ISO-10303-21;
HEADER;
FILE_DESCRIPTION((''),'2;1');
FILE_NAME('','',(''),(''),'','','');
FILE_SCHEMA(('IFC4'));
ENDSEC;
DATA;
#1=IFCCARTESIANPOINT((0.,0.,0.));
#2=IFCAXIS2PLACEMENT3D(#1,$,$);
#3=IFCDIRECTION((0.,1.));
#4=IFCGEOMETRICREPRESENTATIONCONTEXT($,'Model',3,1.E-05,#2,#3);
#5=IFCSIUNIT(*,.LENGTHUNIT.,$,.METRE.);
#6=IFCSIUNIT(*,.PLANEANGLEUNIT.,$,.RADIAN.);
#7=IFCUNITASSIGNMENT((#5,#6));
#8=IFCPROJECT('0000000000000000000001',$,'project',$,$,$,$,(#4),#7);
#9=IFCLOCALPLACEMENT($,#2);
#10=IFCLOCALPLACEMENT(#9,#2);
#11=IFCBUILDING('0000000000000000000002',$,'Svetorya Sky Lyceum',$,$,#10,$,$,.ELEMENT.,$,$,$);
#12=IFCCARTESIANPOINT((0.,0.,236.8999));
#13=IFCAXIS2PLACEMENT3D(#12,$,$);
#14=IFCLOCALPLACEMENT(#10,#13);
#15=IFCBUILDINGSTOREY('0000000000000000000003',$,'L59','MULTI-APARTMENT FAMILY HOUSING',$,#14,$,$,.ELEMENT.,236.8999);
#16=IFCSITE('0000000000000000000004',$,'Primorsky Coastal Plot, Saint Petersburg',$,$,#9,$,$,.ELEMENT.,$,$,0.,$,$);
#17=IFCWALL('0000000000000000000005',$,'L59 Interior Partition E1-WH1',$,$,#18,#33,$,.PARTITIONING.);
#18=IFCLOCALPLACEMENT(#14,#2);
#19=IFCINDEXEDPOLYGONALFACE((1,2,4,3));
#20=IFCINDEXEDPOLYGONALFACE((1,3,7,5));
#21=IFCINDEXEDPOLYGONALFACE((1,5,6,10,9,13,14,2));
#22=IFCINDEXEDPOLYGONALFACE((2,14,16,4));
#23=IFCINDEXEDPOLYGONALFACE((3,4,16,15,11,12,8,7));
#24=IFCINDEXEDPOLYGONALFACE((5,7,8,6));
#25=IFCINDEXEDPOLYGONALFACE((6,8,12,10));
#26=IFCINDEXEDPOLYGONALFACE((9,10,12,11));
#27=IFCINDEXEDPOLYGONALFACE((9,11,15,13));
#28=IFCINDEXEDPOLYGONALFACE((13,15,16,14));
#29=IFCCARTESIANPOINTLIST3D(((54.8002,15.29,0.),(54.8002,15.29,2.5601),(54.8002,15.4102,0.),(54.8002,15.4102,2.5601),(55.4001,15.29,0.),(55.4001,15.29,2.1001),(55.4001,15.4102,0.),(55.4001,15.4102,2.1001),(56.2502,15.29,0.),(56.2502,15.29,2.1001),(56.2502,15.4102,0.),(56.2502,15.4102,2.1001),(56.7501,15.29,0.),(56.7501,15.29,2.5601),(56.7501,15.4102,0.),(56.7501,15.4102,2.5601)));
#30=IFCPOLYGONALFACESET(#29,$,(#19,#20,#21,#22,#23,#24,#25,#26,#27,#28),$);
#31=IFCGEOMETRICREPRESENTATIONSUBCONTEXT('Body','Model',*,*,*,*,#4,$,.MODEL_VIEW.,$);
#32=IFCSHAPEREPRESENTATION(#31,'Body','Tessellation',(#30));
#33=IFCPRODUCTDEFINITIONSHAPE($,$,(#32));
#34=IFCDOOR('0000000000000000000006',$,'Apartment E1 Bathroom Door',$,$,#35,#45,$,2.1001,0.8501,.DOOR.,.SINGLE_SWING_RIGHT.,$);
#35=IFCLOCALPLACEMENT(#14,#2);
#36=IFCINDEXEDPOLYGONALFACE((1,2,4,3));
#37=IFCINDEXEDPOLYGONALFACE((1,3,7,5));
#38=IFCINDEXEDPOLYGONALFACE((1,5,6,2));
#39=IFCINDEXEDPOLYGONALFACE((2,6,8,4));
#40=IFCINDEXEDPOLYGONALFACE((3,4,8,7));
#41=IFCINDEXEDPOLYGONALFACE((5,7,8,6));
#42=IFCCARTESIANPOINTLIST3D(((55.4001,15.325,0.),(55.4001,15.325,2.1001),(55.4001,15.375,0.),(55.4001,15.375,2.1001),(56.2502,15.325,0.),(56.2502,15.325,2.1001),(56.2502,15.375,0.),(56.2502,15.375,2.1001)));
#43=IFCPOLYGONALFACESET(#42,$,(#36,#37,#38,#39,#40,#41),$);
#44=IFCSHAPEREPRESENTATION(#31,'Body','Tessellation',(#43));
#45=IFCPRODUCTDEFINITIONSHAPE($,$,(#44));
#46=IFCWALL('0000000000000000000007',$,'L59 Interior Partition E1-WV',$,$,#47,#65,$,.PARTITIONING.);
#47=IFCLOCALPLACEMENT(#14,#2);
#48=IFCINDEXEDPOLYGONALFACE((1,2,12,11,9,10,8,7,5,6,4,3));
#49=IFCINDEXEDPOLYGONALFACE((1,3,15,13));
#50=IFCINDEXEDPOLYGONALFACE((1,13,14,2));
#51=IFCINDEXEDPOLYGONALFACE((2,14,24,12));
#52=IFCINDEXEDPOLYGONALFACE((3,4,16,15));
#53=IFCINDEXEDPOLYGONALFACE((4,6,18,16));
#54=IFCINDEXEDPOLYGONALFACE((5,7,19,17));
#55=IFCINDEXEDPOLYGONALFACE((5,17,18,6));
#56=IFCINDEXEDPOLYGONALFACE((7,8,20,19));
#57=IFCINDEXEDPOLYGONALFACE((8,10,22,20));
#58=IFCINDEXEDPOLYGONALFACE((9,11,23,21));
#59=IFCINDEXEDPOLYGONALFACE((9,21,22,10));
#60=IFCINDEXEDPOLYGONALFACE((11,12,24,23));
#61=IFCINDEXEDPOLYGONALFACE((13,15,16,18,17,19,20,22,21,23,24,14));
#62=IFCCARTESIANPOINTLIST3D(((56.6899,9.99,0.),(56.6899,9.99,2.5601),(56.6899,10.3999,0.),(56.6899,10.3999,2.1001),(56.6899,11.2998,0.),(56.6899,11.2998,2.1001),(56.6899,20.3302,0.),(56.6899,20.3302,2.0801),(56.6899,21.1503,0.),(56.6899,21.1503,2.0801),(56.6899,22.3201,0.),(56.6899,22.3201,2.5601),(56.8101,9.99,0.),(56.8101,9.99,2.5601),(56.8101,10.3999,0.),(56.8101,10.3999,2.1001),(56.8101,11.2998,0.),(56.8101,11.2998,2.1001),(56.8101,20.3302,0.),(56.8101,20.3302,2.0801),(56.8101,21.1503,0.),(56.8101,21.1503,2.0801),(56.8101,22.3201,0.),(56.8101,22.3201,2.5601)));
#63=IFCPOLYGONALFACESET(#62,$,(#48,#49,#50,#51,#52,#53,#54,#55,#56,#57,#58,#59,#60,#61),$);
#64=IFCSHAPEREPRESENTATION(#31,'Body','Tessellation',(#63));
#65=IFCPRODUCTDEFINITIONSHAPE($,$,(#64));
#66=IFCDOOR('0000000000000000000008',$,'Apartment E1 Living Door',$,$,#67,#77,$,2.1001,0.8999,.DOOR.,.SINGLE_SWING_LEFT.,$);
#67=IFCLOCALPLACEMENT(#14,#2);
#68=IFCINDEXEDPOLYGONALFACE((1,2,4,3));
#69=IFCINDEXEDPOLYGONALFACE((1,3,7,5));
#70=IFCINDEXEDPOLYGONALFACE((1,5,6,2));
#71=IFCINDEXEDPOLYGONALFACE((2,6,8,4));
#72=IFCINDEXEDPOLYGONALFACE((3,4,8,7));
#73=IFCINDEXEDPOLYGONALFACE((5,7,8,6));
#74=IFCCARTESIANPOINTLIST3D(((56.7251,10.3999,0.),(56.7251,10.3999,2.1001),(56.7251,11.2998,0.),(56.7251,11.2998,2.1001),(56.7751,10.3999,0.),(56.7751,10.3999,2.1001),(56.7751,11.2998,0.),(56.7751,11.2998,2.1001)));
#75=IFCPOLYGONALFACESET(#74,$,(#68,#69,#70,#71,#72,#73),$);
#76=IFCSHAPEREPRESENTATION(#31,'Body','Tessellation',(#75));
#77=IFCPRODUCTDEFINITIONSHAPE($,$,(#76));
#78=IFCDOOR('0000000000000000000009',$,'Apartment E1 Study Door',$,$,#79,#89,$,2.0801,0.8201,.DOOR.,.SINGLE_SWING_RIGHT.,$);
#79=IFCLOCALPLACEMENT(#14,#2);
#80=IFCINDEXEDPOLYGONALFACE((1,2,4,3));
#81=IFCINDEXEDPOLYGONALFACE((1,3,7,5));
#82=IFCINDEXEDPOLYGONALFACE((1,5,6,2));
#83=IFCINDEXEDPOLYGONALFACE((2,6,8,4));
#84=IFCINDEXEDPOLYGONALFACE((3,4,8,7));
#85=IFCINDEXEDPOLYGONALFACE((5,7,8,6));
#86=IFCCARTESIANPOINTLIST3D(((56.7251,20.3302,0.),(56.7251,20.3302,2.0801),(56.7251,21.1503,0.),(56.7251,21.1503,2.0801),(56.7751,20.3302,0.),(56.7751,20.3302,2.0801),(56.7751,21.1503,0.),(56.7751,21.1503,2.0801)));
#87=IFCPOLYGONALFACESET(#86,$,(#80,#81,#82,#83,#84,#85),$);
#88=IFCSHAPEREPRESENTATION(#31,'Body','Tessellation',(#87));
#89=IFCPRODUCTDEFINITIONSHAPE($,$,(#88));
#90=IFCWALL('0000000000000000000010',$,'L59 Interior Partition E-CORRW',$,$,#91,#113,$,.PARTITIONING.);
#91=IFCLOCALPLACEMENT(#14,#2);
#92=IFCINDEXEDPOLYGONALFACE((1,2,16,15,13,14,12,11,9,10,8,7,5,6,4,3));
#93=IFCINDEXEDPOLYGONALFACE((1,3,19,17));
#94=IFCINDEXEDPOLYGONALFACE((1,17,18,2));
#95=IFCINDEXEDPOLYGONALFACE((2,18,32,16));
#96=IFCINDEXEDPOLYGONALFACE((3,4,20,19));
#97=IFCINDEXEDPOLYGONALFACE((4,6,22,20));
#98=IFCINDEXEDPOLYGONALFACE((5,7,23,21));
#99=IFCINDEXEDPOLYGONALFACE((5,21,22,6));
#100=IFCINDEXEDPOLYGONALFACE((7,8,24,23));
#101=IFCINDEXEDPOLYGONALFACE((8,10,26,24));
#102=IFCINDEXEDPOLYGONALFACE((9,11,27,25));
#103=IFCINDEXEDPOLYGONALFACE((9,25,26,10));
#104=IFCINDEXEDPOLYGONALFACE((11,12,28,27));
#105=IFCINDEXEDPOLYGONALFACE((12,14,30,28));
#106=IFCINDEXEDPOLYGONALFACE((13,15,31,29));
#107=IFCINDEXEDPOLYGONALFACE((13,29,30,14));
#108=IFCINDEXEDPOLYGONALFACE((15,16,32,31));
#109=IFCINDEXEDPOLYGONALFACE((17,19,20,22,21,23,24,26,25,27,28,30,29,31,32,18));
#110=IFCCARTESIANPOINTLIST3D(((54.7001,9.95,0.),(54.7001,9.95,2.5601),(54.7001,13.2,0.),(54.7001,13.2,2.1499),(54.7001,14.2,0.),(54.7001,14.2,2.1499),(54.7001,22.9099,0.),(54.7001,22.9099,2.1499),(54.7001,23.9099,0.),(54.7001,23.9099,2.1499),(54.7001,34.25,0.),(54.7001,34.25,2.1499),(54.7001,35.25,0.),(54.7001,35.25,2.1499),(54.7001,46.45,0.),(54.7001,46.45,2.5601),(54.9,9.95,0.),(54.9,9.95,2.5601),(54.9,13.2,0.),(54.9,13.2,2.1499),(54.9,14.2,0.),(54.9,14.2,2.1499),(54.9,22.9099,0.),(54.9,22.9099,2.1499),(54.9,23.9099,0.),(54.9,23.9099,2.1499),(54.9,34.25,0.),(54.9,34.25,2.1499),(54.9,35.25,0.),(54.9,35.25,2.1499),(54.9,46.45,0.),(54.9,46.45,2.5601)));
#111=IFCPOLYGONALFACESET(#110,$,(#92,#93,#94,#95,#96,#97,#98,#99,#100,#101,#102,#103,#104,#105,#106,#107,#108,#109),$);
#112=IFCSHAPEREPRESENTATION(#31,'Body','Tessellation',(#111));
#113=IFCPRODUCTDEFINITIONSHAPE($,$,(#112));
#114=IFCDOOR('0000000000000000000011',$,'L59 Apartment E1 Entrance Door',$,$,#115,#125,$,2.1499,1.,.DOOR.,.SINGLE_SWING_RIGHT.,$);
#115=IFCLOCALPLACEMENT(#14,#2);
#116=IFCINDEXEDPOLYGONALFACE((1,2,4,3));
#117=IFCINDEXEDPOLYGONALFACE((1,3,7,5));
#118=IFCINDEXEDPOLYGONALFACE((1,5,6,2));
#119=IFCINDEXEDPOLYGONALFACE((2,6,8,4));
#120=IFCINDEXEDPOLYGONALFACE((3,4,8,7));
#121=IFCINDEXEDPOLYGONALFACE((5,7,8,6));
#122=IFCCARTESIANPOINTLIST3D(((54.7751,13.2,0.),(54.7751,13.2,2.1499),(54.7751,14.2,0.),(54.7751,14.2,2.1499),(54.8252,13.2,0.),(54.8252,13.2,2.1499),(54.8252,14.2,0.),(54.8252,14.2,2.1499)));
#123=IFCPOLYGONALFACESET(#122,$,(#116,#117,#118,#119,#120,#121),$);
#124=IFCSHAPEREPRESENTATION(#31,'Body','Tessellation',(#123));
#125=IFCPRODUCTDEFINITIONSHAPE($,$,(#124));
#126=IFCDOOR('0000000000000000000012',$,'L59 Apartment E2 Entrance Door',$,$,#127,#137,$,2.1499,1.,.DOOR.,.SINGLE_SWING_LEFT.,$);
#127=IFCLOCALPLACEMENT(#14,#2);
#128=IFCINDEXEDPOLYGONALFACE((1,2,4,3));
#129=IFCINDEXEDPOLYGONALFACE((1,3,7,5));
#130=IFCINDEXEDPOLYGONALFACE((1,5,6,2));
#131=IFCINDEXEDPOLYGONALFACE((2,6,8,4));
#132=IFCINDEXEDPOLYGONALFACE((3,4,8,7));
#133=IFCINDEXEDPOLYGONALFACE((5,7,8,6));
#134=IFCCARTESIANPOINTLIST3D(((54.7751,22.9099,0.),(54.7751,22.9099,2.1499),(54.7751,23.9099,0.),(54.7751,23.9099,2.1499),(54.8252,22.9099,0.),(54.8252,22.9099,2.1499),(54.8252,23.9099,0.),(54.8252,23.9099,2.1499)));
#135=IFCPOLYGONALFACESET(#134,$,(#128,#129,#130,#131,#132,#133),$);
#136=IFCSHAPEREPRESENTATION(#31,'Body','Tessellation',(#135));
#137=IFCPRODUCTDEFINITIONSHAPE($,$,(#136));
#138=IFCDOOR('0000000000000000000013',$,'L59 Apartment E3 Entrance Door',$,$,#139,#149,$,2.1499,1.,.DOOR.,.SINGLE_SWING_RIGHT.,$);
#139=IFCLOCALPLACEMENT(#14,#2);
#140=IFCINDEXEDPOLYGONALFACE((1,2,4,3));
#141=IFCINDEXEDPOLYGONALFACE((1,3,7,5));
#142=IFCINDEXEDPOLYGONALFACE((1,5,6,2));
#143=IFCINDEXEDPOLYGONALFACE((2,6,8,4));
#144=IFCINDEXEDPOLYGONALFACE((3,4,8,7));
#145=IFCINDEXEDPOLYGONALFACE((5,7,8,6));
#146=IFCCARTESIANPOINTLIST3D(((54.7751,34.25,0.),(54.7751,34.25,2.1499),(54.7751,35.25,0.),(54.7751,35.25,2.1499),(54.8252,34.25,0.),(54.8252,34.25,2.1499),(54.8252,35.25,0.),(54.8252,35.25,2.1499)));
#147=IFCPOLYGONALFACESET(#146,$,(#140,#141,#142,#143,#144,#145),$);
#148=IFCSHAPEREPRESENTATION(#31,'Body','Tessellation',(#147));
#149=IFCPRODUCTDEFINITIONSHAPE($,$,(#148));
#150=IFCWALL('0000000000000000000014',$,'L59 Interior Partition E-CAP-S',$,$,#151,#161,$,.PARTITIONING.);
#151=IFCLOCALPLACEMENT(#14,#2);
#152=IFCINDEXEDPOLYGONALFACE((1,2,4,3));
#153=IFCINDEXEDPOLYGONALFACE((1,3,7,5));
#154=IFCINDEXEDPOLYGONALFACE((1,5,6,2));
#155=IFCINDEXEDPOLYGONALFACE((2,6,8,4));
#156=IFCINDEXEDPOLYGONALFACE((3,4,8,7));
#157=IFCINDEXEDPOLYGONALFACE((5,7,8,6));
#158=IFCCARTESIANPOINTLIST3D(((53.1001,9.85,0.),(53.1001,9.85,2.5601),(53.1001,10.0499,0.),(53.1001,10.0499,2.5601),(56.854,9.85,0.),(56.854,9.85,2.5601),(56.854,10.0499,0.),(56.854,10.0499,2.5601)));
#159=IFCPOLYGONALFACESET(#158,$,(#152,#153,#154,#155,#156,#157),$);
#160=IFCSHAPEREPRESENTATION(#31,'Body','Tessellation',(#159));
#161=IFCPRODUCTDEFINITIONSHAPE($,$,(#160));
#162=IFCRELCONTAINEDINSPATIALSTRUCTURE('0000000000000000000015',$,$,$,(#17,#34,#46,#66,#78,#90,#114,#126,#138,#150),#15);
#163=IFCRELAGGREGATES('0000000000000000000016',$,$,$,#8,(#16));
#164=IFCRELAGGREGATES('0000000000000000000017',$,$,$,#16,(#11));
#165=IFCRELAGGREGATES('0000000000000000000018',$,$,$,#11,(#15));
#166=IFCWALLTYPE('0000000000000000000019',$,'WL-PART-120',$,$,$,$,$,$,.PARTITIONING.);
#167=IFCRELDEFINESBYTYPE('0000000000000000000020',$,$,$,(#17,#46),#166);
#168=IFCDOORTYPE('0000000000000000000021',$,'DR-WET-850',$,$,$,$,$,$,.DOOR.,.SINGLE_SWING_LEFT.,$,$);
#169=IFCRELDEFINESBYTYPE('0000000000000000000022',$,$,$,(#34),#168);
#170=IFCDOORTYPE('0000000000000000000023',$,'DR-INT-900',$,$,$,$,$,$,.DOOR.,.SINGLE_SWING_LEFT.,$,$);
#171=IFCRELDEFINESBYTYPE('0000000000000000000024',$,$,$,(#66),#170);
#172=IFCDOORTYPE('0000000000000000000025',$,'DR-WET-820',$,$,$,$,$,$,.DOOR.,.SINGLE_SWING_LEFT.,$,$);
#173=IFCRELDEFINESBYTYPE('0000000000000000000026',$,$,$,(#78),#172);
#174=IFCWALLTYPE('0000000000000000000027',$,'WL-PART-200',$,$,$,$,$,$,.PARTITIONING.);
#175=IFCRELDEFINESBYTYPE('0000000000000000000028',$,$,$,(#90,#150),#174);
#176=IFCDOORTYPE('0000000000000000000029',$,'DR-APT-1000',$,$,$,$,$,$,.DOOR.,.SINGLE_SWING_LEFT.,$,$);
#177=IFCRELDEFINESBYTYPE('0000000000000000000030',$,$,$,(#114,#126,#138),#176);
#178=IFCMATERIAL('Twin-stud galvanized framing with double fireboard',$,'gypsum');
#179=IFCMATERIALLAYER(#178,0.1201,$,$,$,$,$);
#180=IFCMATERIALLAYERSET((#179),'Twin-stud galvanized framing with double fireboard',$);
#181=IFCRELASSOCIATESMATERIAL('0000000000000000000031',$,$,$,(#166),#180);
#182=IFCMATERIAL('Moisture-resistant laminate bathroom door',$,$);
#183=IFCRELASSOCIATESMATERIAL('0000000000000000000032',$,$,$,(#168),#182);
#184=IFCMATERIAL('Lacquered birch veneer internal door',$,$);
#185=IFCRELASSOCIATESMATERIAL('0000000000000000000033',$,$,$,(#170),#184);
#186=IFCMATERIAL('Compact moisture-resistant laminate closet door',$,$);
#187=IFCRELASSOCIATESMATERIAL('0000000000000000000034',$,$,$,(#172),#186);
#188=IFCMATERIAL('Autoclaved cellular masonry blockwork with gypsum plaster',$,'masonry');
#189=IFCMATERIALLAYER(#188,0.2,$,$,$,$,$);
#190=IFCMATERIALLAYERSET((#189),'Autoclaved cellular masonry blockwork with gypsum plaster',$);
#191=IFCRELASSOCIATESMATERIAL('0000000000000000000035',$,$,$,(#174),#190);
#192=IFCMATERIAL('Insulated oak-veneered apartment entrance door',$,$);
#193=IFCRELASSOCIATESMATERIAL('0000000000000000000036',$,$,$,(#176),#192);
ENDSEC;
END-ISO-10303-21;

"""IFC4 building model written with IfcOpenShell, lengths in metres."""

from ifc_helpers import new_model, si_unit, direction, frame, frame_2d, origin, place, context, subcontext, project, spatial, rectangle, extrude, material, layer, layer_set, type_object, element, fill, save


model = new_model("IFC4")

# Units and contexts
model_context = context("Model", 3, precision=1e-05, world=origin(), true_north=direction((0.0, 1.0)))
body_context = subcontext(model_context, "Body", "Model", "MODEL_VIEW")
ifc_project = project(units=[si_unit("LENGTHUNIT", "METRE"), si_unit("PLANEANGLEUNIT", "RADIAN")], contexts=[model_context])

# Site, building, storey
site_placement = place(None, origin())
site = spatial("IfcSite", under=ifc_project, at=site_placement, Name="Primorsky Coastal Plot, Saint Petersburg", CompositionType="ELEMENT", RefElevation=0.0)
building_placement = place(site_placement, origin())
building = spatial("IfcBuilding", under=site, at=building_placement, Name="Svetorya Sky Lyceum", CompositionType="ELEMENT")
storey_placement = place(building_placement, frame((0.0, 0.0, 236.8999)))
storey = spatial("IfcBuildingStorey", under=building, at=storey_placement, Name="L59", Description="MULTI-APARTMENT FAMILY HOUSING", CompositionType="ELEMENT", Elevation=236.8999)

# Wall, opening, door
ifc_material_1 = material(Name="Twin-stud galvanized framing with double fireboard", Category="gypsum")
ifc_layer_1 = layer(ifc_material_1, 0.1201)
ifc_layer_set_1 = layer_set([ifc_layer_1], Name="Twin-stud galvanized framing with double fireboard")
wall_type_1 = type_object("IfcWallType", Name="WL-PART-120", PredefinedType="PARTITIONING", material=ifc_layer_set_1)
wall_1_placement = place(storey_placement, frame((54.8, 15.3501, 0.0), z_axis=(0.0, 0.0, 1.0), x_axis=(1.0, 0.0, 0.0)))
wall_1 = element("IfcWall", 1, at=wall_1_placement, inside=storey, type_object=wall_type_1, Name="L59 Interior Partition E1-WH1", PredefinedType="PARTITIONING", context=body_context, shape_type="SweptSolid", body=[
    extrude(rectangle(XDim=1.95, YDim=0.1201, at=frame_2d((0.9751, 0.0))), origin(), (0.0, 0.0, 1.0), 2.5601),
])
opening_1_placement = place(wall_1_placement, frame((0.6001, 0.0, 0.0)))
opening_1 = element("IfcOpeningElement", 2, at=opening_1_placement, cuts=wall_1, PredefinedType="OPENING", context=body_context, shape_type="SweptSolid", body=[
    extrude(rectangle(XDim=0.8501, YDim=2.1001, at=frame_2d((0.425, 1.05))), frame((0.0, 0.0701, 0.0), z_axis=(0.0, -1.0, 0.0), x_axis=(1.0, 0.0, 0.0)), (0.0, 0.0, 1.0), 0.1401),
])
ifc_material_2 = material(Name="Moisture-resistant laminate bathroom door")
door_type_1 = type_object("IfcDoorType", Name="DR-WET-850", OperationType="SINGLE_SWING_LEFT", PredefinedType="DOOR", material=ifc_material_2)
door_1_placement = place(opening_1_placement, origin())
door_1 = element("IfcDoor", 3, at=door_1_placement, inside=storey, type_object=door_type_1, Name="Apartment E1 Bathroom Door", OperationType="SINGLE_SWING_RIGHT", OverallHeight=2.1001, OverallWidth=0.8501, PredefinedType="DOOR", context=body_context, shape_type="SweptSolid", body=[
    extrude(rectangle(XDim=0.8501, YDim=2.1001, at=frame_2d((0.425, 1.05))), frame((0.0, 0.0249, 0.0), z_axis=(0.0, -1.0, 0.0), x_axis=(1.0, 0.0, 0.0)), (0.0, 0.0, 1.0), 0.05),
])
fill(opening_1, door_1)

# Walls, openings, doors
wall_2_placement = place(storey_placement, frame((56.75, 9.99, 0.0), z_axis=(0.0, 0.0, 1.0), x_axis=(0.0, 1.0, 0.0)))
wall_2 = element("IfcWall", 4, at=wall_2_placement, inside=storey, type_object=wall_type_1, Name="L59 Interior Partition E1-WV", PredefinedType="PARTITIONING", context=body_context, shape_type="SweptSolid", body=[
    extrude(rectangle(XDim=12.3301, YDim=0.1201, at=frame_2d((6.165, 0.0))), origin(), (0.0, 0.0, 1.0), 2.5601),
])
opening_2_placement = place(wall_2_placement, frame((0.4099, 0.0, 0.0)))
opening_2 = element("IfcOpeningElement", 5, at=opening_2_placement, cuts=wall_2, PredefinedType="OPENING", context=body_context, shape_type="SweptSolid", body=[
    extrude(rectangle(XDim=0.8999, YDim=2.1001, at=frame_2d((0.45, 1.05))), frame((0.0, 0.0701, 0.0), z_axis=(0.0, -1.0, 0.0), x_axis=(1.0, 0.0, 0.0)), (0.0, 0.0, 1.0), 0.1401),
])
opening_3_placement = place(wall_2_placement, frame((10.3401, 0.0, 0.0)))
opening_3 = element("IfcOpeningElement", 6, at=opening_3_placement, cuts=wall_2, PredefinedType="OPENING", context=body_context, shape_type="SweptSolid", body=[
    extrude(rectangle(XDim=0.8201, YDim=2.0801, at=frame_2d((0.4102, 1.04))), frame((0.0, 0.0701, 0.0), z_axis=(0.0, -1.0, 0.0), x_axis=(1.0, 0.0, 0.0)), (0.0, 0.0, 1.0), 0.1401),
])
ifc_material_3 = material(Name="Lacquered birch veneer internal door")
door_type_2 = type_object("IfcDoorType", Name="DR-INT-900", OperationType="SINGLE_SWING_LEFT", PredefinedType="DOOR", material=ifc_material_3)
door_2_placement = place(opening_2_placement, origin())
door_2 = element("IfcDoor", 7, at=door_2_placement, inside=storey, type_object=door_type_2, Name="Apartment E1 Living Door", OperationType="SINGLE_SWING_LEFT", OverallHeight=2.1001, OverallWidth=0.8999, PredefinedType="DOOR", context=body_context, shape_type="SweptSolid", body=[
    extrude(rectangle(XDim=0.8999, YDim=2.1001, at=frame_2d((0.45, 1.05))), frame((0.0, 0.0249, 0.0), z_axis=(0.0, -1.0, 0.0), x_axis=(1.0, 0.0, 0.0)), (0.0, 0.0, 1.0), 0.05),
])
fill(opening_2, door_2)
ifc_material_4 = material(Name="Compact moisture-resistant laminate closet door")
door_type_3 = type_object("IfcDoorType", Name="DR-WET-820", OperationType="SINGLE_SWING_LEFT", PredefinedType="DOOR", material=ifc_material_4)
door_3_placement = place(opening_3_placement, origin())
door_3 = element("IfcDoor", 8, at=door_3_placement, inside=storey, type_object=door_type_3, Name="Apartment E1 Study Door", OperationType="SINGLE_SWING_RIGHT", OverallHeight=2.0801, OverallWidth=0.8201, PredefinedType="DOOR", context=body_context, shape_type="SweptSolid", body=[
    extrude(rectangle(XDim=0.8201, YDim=2.0801, at=frame_2d((0.4102, 1.04))), frame((0.0, 0.0249, 0.0), z_axis=(0.0, -1.0, 0.0), x_axis=(1.0, 0.0, 0.0)), (0.0, 0.0, 1.0), 0.05),
])
fill(opening_3, door_3)
ifc_material_5 = material(Name="Autoclaved cellular masonry blockwork with gypsum plaster", Category="masonry")
ifc_layer_2 = layer(ifc_material_5, 0.2)
ifc_layer_set_2 = layer_set([ifc_layer_2], Name="Autoclaved cellular masonry blockwork with gypsum plaster")
wall_type_2 = type_object("IfcWallType", Name="WL-PART-200", PredefinedType="PARTITIONING", material=ifc_layer_set_2)
wall_3_placement = place(storey_placement, frame((54.8, 9.95, 0.0), z_axis=(0.0, 0.0, 1.0), x_axis=(0.0, 1.0, 0.0)))
wall_3 = element("IfcWall", 9, at=wall_3_placement, inside=storey, type_object=wall_type_2, Name="L59 Interior Partition E-CORRW", PredefinedType="PARTITIONING", context=body_context, shape_type="SweptSolid", body=[
    extrude(rectangle(XDim=36.5, YDim=0.2, at=frame_2d((18.25, 0.0))), origin(), (0.0, 0.0, 1.0), 2.5601),
])
opening_4_placement = place(wall_3_placement, frame((3.25, 0.0, 0.0)))
opening_4 = element("IfcOpeningElement", 10, at=opening_4_placement, cuts=wall_3, PredefinedType="OPENING", context=body_context, shape_type="SweptSolid", body=[
    extrude(rectangle(XDim=1.0, YDim=2.1499, at=frame_2d((0.5, 1.075))), frame((0.0, 0.1099, 0.0), z_axis=(0.0, -1.0, 0.0), x_axis=(1.0, 0.0, 0.0)), (0.0, 0.0, 1.0), 0.22),
])
opening_5_placement = place(wall_3_placement, frame((12.96, 0.0, 0.0)))
opening_5 = element("IfcOpeningElement", 11, at=opening_5_placement, cuts=wall_3, PredefinedType="OPENING", context=body_context, shape_type="SweptSolid", body=[
    extrude(rectangle(XDim=1.0, YDim=2.1499, at=frame_2d((0.5, 1.075))), frame((0.0, 0.1099, 0.0), z_axis=(0.0, -1.0, 0.0), x_axis=(1.0, 0.0, 0.0)), (0.0, 0.0, 1.0), 0.22),
])
opening_6_placement = place(wall_3_placement, frame((24.3, 0.0, 0.0)))
opening_6 = element("IfcOpeningElement", 12, at=opening_6_placement, cuts=wall_3, PredefinedType="OPENING", context=body_context, shape_type="SweptSolid", body=[
    extrude(rectangle(XDim=1.0, YDim=2.1499, at=frame_2d((0.5, 1.075))), frame((0.0, 0.1099, 0.0), z_axis=(0.0, -1.0, 0.0), x_axis=(1.0, 0.0, 0.0)), (0.0, 0.0, 1.0), 0.22),
])
ifc_material_6 = material(Name="Insulated oak-veneered apartment entrance door")
door_type_4 = type_object("IfcDoorType", Name="DR-APT-1000", OperationType="SINGLE_SWING_LEFT", PredefinedType="DOOR", material=ifc_material_6)
door_4_placement = place(opening_4_placement, origin())
door_4 = element("IfcDoor", 13, at=door_4_placement, inside=storey, type_object=door_type_4, Name="L59 Apartment E1 Entrance Door", OperationType="SINGLE_SWING_RIGHT", OverallHeight=2.1499, OverallWidth=1.0, PredefinedType="DOOR", context=body_context, shape_type="SweptSolid", body=[
    extrude(rectangle(XDim=1.0, YDim=2.1499, at=frame_2d((0.5, 1.075))), frame((0.0, 0.0249, 0.0), z_axis=(0.0, -1.0, 0.0), x_axis=(1.0, 0.0, 0.0)), (0.0, 0.0, 1.0), 0.05),
])
fill(opening_4, door_4)
door_5_placement = place(opening_5_placement, origin())
door_5 = element("IfcDoor", 14, at=door_5_placement, inside=storey, type_object=door_type_4, Name="L59 Apartment E2 Entrance Door", OperationType="SINGLE_SWING_LEFT", OverallHeight=2.1499, OverallWidth=1.0, PredefinedType="DOOR", context=body_context, shape_type="SweptSolid", body=[
    extrude(rectangle(XDim=1.0, YDim=2.1499, at=frame_2d((0.5, 1.075))), frame((0.0, 0.0249, 0.0), z_axis=(0.0, -1.0, 0.0), x_axis=(1.0, 0.0, 0.0)), (0.0, 0.0, 1.0), 0.05),
])
fill(opening_5, door_5)
door_6_placement = place(opening_6_placement, origin())
door_6 = element("IfcDoor", 15, at=door_6_placement, inside=storey, type_object=door_type_4, Name="L59 Apartment E3 Entrance Door", OperationType="SINGLE_SWING_RIGHT", OverallHeight=2.1499, OverallWidth=1.0, PredefinedType="DOOR", context=body_context, shape_type="SweptSolid", body=[
    extrude(rectangle(XDim=1.0, YDim=2.1499, at=frame_2d((0.5, 1.075))), frame((0.0, 0.0249, 0.0), z_axis=(0.0, -1.0, 0.0), x_axis=(1.0, 0.0, 0.0)), (0.0, 0.0, 1.0), 0.05),
])
fill(opening_6, door_6)

# Wall
wall_4_placement = place(storey_placement, frame((53.1001, 9.95, 0.0), z_axis=(0.0, 0.0, 1.0), x_axis=(1.0, 0.0, 0.0)))
element("IfcWall", 16, at=wall_4_placement, inside=storey, type_object=wall_type_2, Name="L59 Interior Partition E-CAP-S", PredefinedType="PARTITIONING", context=body_context, shape_type="SweptSolid", body=[
    extrude(rectangle(XDim=3.7539, YDim=0.2, at=frame_2d((1.877, 0.0))), origin(), (0.0, 0.0, 1.0), 2.5601),
])

save(model, "model.ifc")
